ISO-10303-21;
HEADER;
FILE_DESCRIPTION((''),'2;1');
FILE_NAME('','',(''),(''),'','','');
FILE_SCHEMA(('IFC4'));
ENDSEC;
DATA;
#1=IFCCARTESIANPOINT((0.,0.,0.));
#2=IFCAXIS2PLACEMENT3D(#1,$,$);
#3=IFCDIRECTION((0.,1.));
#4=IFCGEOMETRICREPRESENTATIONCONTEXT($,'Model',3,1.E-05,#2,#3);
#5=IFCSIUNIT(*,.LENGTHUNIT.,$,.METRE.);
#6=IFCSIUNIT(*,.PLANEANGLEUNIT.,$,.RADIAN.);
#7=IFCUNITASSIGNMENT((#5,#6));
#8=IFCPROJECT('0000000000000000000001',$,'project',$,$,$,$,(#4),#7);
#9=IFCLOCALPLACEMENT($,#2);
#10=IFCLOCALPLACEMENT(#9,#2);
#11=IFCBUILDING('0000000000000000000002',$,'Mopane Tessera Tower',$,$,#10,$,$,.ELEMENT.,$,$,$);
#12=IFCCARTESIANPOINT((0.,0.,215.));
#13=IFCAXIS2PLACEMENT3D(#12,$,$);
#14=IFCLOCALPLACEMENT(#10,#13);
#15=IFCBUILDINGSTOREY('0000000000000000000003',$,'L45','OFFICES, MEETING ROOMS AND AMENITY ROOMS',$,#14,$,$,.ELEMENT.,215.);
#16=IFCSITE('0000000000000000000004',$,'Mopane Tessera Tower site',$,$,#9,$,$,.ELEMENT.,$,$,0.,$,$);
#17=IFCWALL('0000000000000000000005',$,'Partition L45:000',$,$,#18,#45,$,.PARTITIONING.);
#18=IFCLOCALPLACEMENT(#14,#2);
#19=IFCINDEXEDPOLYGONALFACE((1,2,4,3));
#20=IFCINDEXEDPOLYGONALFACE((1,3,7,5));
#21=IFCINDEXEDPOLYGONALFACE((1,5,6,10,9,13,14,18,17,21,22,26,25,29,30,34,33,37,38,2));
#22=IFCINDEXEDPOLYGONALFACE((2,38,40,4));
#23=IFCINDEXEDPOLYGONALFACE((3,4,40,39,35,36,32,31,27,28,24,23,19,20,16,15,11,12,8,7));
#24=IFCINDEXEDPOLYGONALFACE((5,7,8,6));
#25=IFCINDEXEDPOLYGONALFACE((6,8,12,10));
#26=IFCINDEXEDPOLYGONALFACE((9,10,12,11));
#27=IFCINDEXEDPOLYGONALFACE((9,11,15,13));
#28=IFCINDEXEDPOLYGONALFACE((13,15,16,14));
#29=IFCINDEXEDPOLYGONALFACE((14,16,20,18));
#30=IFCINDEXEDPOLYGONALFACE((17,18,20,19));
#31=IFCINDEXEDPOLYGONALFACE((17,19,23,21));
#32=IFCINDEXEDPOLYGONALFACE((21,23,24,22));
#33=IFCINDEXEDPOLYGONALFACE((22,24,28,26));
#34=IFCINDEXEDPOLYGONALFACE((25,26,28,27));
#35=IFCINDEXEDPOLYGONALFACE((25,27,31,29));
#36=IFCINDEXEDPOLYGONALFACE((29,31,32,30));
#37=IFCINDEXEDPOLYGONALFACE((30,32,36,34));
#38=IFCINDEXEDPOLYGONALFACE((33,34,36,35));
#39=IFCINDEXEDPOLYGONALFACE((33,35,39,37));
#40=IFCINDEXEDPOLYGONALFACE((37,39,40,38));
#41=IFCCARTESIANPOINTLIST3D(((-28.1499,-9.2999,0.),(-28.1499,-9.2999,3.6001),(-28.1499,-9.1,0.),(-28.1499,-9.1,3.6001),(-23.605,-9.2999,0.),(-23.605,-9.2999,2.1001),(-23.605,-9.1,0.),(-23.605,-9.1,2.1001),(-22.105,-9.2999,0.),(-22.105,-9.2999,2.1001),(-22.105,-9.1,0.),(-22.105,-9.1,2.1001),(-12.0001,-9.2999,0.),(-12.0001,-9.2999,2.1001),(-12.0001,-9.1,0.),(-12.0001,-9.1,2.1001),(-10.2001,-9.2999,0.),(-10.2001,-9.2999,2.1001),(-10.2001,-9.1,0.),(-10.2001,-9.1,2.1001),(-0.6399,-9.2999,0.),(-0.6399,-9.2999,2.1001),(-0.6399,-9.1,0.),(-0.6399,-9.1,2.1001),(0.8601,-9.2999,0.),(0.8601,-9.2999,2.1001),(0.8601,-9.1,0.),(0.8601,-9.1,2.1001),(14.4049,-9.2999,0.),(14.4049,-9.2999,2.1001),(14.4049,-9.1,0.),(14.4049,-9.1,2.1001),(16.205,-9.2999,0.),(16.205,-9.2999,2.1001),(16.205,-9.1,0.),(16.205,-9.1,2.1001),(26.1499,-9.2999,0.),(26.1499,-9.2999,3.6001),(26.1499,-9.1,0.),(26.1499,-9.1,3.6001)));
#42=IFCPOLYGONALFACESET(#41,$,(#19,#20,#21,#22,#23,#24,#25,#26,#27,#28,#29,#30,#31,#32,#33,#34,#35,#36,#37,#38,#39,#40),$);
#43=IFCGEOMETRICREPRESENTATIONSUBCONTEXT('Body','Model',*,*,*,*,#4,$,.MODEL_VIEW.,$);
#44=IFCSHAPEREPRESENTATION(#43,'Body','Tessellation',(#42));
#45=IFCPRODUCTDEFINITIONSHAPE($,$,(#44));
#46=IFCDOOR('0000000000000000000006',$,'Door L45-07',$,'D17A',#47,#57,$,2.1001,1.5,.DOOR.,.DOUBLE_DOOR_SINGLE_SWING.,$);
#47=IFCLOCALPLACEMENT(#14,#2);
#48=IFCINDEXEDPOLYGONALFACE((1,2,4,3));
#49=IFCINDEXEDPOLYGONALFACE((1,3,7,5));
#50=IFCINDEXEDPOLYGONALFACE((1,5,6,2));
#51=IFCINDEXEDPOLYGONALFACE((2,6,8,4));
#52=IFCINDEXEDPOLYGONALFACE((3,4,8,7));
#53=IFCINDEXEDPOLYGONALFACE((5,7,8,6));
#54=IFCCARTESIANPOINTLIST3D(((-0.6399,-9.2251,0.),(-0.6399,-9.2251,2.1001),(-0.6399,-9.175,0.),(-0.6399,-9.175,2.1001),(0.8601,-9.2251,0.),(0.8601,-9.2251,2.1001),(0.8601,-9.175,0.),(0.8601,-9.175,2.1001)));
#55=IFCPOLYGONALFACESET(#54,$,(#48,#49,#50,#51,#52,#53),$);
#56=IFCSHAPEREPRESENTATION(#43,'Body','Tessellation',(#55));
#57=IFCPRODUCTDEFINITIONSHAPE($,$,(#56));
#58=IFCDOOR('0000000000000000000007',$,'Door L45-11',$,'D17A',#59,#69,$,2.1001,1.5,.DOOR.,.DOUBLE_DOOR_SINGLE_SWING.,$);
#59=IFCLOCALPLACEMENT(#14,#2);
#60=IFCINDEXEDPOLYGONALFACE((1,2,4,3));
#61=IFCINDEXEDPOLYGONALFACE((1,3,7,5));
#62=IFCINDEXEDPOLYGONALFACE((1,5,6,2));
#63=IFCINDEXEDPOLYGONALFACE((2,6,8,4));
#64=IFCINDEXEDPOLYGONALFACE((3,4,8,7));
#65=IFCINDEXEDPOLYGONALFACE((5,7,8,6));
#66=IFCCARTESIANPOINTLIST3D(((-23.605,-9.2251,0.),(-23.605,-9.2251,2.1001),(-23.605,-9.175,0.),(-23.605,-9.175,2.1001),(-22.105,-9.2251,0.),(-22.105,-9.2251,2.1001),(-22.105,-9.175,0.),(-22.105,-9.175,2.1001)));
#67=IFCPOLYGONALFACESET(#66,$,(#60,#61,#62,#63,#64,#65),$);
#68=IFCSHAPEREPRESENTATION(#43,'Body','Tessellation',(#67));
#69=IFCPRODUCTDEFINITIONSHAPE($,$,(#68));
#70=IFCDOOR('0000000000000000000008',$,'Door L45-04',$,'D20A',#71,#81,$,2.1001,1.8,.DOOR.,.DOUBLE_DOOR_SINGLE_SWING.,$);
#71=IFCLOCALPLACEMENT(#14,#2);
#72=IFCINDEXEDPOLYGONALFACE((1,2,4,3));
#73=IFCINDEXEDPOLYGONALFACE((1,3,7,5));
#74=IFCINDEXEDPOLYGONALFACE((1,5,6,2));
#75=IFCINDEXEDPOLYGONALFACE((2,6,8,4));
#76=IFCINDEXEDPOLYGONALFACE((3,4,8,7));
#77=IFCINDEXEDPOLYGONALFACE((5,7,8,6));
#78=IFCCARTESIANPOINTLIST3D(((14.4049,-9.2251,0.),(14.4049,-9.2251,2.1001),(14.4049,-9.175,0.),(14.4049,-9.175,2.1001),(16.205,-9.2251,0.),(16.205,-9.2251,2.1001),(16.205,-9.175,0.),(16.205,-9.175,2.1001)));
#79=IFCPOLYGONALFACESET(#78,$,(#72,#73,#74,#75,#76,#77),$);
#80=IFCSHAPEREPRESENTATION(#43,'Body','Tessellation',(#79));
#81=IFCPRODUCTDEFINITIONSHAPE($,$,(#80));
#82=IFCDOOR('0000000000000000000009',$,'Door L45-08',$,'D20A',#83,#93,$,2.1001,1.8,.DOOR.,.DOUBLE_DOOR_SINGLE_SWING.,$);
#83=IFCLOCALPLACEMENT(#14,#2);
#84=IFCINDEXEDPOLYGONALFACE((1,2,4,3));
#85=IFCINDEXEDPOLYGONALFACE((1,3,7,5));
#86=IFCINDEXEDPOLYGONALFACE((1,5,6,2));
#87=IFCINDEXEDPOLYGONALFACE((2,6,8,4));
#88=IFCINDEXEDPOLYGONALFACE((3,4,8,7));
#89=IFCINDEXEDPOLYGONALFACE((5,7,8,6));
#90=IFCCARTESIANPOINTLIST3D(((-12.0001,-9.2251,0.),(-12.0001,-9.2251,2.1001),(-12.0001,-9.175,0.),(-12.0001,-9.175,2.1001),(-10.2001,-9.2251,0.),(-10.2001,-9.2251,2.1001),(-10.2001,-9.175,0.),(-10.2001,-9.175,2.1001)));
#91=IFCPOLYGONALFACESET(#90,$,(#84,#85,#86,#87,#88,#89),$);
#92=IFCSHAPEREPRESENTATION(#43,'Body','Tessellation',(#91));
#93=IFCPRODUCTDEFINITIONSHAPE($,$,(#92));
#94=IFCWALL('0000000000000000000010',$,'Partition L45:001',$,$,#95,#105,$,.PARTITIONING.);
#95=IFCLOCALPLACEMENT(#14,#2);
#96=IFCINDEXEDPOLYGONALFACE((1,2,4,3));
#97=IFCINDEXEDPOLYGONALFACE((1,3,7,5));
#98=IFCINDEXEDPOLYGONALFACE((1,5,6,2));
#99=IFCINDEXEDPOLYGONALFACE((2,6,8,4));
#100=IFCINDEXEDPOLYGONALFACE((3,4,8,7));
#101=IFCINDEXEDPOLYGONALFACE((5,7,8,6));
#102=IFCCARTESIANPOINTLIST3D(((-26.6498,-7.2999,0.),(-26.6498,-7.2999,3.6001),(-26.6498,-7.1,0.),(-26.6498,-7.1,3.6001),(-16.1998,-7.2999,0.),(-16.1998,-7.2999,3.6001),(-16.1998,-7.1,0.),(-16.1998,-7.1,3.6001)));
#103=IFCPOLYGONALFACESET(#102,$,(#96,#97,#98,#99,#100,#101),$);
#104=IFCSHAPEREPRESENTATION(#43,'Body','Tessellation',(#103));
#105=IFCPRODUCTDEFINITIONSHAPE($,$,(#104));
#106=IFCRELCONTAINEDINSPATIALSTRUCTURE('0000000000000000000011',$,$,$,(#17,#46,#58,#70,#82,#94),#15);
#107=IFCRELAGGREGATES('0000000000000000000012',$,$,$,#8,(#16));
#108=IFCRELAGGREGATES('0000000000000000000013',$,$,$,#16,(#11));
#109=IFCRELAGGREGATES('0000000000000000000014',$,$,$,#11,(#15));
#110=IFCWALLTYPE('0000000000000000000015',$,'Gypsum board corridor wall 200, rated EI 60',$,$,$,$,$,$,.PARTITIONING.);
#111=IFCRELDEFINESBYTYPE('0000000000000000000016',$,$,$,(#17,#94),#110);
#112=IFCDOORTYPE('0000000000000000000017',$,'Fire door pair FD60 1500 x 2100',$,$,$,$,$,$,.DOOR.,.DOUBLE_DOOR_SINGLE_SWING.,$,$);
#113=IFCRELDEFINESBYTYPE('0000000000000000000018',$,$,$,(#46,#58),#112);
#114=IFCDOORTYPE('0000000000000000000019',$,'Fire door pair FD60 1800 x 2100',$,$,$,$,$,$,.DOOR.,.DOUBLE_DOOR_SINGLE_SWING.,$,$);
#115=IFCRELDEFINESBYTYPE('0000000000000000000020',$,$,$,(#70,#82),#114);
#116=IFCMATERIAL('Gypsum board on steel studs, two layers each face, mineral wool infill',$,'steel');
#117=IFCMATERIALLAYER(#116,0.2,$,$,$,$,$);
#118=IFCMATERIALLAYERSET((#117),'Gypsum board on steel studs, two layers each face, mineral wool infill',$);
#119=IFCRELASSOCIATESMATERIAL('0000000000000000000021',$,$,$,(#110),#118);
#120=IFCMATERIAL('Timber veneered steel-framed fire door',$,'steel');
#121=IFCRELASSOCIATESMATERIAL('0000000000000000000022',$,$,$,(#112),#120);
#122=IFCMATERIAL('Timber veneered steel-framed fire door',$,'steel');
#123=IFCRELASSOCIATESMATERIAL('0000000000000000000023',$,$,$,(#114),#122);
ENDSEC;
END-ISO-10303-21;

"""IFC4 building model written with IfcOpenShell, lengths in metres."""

from ifc_helpers import new_model, si_unit, direction, frame, frame_2d, origin, place, context, subcontext, project, spatial, rectangle, extrude, material, layer, layer_set, type_object, element, fill, save


model = new_model("IFC4")

# Units and contexts
model_context = context("Model", 3, precision=1e-05, world=origin(), true_north=direction((0.0, 1.0)))
body_context = subcontext(model_context, "Body", "Model", "MODEL_VIEW")
ifc_project = project(units=[si_unit("LENGTHUNIT", "METRE"), si_unit("PLANEANGLEUNIT", "RADIAN")], contexts=[model_context])

# Site, building, storey
site_placement = place(None, origin())
site = spatial("IfcSite", under=ifc_project, at=site_placement, Name="Mopane Tessera Tower site", CompositionType="ELEMENT", RefElevation=0.0)
building_placement = place(site_placement, origin())
building = spatial("IfcBuilding", under=site, at=building_placement, Name="Mopane Tessera Tower", CompositionType="ELEMENT")
storey_placement = place(building_placement, frame((0.0, 0.0, 215.0)))
storey = spatial("IfcBuildingStorey", under=building, at=storey_placement, Name="L45", Description="OFFICES, MEETING ROOMS AND AMENITY ROOMS", CompositionType="ELEMENT", Elevation=215.0)

# Wall, openings, doors
ifc_material_1 = material(Name="Gypsum board on steel studs, two layers each face, mineral wool infill", Category="steel")
ifc_layer_1 = layer(ifc_material_1, 0.2)
ifc_layer_set_1 = layer_set([ifc_layer_1], Name="Gypsum board on steel studs, two layers each face, mineral wool infill")
wall_type_1 = type_object("IfcWallType", Name="Gypsum board corridor wall 200, rated EI 60", PredefinedType="PARTITIONING", material=ifc_layer_set_1)
wall_1_placement = place(storey_placement, frame((-28.1499, -9.2, 0.0), z_axis=(0.0, 0.0, 1.0), x_axis=(1.0, 0.0, 0.0)))
wall_1 = element("IfcWall", 1, at=wall_1_placement, inside=storey, type_object=wall_type_1, Name="Partition L45:000", PredefinedType="PARTITIONING", context=body_context, shape_type="SweptSolid", body=[
    extrude(rectangle(XDim=54.2998, YDim=0.2, at=frame_2d((27.1499, 0.0))), origin(), (0.0, 0.0, 1.0), 3.6001),
])
opening_1_placement = place(wall_1_placement, frame((42.5549, 0.0, 0.0)))
opening_1 = element("IfcOpeningElement", 2, at=opening_1_placement, cuts=wall_1, PredefinedType="OPENING", context=body_context, shape_type="SweptSolid", body=[
    extrude(rectangle(XDim=1.8, YDim=2.1001, at=frame_2d((0.8999, 1.05))), frame((0.0, 0.1121, 0.0), z_axis=(0.0, -1.0, 0.0), x_axis=(1.0, 0.0, 0.0)), (0.0, 0.0, 1.0), 0.2239),
])
opening_2_placement = place(wall_1_placement, frame((27.51, 0.0, 0.0)))
opening_2 = element("IfcOpeningElement", 3, at=opening_2_placement, cuts=wall_1, PredefinedType="OPENING", context=body_context, shape_type="SweptSolid", body=[
    extrude(rectangle(XDim=1.5, YDim=2.1001, at=frame_2d((0.75, 1.05))), frame((0.0, 0.1121, 0.0), z_axis=(0.0, -1.0, 0.0), x_axis=(1.0, 0.0, 0.0)), (0.0, 0.0, 1.0), 0.2239),
])
opening_3_placement = place(wall_1_placement, frame((16.1499, 0.0, 0.0)))
opening_3 = element("IfcOpeningElement", 4, at=opening_3_placement, cuts=wall_1, PredefinedType="OPENING", context=body_context, shape_type="SweptSolid", body=[
    extrude(rectangle(XDim=1.8, YDim=2.1001, at=frame_2d((0.8999, 1.05))), frame((0.0, 0.1121, 0.0), z_axis=(0.0, -1.0, 0.0), x_axis=(1.0, 0.0, 0.0)), (0.0, 0.0, 1.0), 0.2239),
])
opening_4_placement = place(wall_1_placement, frame((4.5449, 0.0, 0.0)))
opening_4 = element("IfcOpeningElement", 5, at=opening_4_placement, cuts=wall_1, PredefinedType="OPENING", context=body_context, shape_type="SweptSolid", body=[
    extrude(rectangle(XDim=1.5, YDim=2.1001, at=frame_2d((0.75, 1.05))), frame((0.0, 0.1121, 0.0), z_axis=(0.0, -1.0, 0.0), x_axis=(1.0, 0.0, 0.0)), (0.0, 0.0, 1.0), 0.2239),
])
ifc_material_2 = material(Name="Timber veneered steel-framed fire door", Category="steel")
door_type_1 = type_object("IfcDoorType", Name="Fire door pair FD60 1500 x 2100", OperationType="DOUBLE_DOOR_SINGLE_SWING", PredefinedType="DOOR", material=ifc_material_2)
door_1_placement = place(opening_2_placement, origin())
door_1 = element("IfcDoor", 6, at=door_1_placement, inside=storey, type_object=door_type_1, Name="Door L45-07", ObjectType="D17A", OperationType="DOUBLE_DOOR_SINGLE_SWING", OverallHeight=2.1001, OverallWidth=1.5, PredefinedType="DOOR", context=body_context, shape_type="SweptSolid", body=[
    extrude(rectangle(XDim=1.5, YDim=2.1001, at=frame_2d((0.75, 1.05))), frame((0.0, 0.0249, 0.0), z_axis=(0.0, -1.0, 0.0), x_axis=(1.0, 0.0, 0.0)), (0.0, 0.0, 1.0), 0.05),
])
fill(opening_2, door_1)
door_2_placement = place(opening_4_placement, origin())
door_2 = element("IfcDoor", 7, at=door_2_placement, inside=storey, type_object=door_type_1, Name="Door L45-11", ObjectType="D17A", OperationType="DOUBLE_DOOR_SINGLE_SWING", OverallHeight=2.1001, OverallWidth=1.5, PredefinedType="DOOR", context=body_context, shape_type="SweptSolid", body=[
    extrude(rectangle(XDim=1.5, YDim=2.1001, at=frame_2d((0.75, 1.05))), frame((0.0, 0.0249, 0.0), z_axis=(0.0, -1.0, 0.0), x_axis=(1.0, 0.0, 0.0)), (0.0, 0.0, 1.0), 0.05),
])
fill(opening_4, door_2)
ifc_material_3 = material(Name="Timber veneered steel-framed fire door", Category="steel")
door_type_2 = type_object("IfcDoorType", Name="Fire door pair FD60 1800 x 2100", OperationType="DOUBLE_DOOR_SINGLE_SWING", PredefinedType="DOOR", material=ifc_material_3)
door_3_placement = place(opening_1_placement, origin())
door_3 = element("IfcDoor", 8, at=door_3_placement, inside=storey, type_object=door_type_2, Name="Door L45-04", ObjectType="D20A", OperationType="DOUBLE_DOOR_SINGLE_SWING", OverallHeight=2.1001, OverallWidth=1.8, PredefinedType="DOOR", context=body_context, shape_type="SweptSolid", body=[
    extrude(rectangle(XDim=1.8, YDim=2.1001, at=frame_2d((0.8999, 1.05))), frame((0.0, 0.0249, 0.0), z_axis=(0.0, -1.0, 0.0), x_axis=(1.0, 0.0, 0.0)), (0.0, 0.0, 1.0), 0.05),
])
fill(opening_1, door_3)
door_4_placement = place(opening_3_placement, origin())
door_4 = element("IfcDoor", 9, at=door_4_placement, inside=storey, type_object=door_type_2, Name="Door L45-08", ObjectType="D20A", OperationType="DOUBLE_DOOR_SINGLE_SWING", OverallHeight=2.1001, OverallWidth=1.8, PredefinedType="DOOR", context=body_context, shape_type="SweptSolid", body=[
    extrude(rectangle(XDim=1.8, YDim=2.1001, at=frame_2d((0.8999, 1.05))), frame((0.0, 0.0249, 0.0), z_axis=(0.0, -1.0, 0.0), x_axis=(1.0, 0.0, 0.0)), (0.0, 0.0, 1.0), 0.05),
])
fill(opening_3, door_4)

# Wall
wall_2_placement = place(storey_placement, frame((-26.6499, -7.2, 0.0), z_axis=(0.0, 0.0, 1.0), x_axis=(1.0, 0.0, 0.0)))
element("IfcWall", 10, at=wall_2_placement, inside=storey, type_object=wall_type_1, Name="Partition L45:001", PredefinedType="PARTITIONING", context=body_context, shape_type="SweptSolid", body=[
    extrude(rectangle(XDim=10.45, YDim=0.2, at=frame_2d((5.2251, 0.0))), origin(), (0.0, 0.0, 1.0), 3.6001),
])

save(model, "model.ifc")
